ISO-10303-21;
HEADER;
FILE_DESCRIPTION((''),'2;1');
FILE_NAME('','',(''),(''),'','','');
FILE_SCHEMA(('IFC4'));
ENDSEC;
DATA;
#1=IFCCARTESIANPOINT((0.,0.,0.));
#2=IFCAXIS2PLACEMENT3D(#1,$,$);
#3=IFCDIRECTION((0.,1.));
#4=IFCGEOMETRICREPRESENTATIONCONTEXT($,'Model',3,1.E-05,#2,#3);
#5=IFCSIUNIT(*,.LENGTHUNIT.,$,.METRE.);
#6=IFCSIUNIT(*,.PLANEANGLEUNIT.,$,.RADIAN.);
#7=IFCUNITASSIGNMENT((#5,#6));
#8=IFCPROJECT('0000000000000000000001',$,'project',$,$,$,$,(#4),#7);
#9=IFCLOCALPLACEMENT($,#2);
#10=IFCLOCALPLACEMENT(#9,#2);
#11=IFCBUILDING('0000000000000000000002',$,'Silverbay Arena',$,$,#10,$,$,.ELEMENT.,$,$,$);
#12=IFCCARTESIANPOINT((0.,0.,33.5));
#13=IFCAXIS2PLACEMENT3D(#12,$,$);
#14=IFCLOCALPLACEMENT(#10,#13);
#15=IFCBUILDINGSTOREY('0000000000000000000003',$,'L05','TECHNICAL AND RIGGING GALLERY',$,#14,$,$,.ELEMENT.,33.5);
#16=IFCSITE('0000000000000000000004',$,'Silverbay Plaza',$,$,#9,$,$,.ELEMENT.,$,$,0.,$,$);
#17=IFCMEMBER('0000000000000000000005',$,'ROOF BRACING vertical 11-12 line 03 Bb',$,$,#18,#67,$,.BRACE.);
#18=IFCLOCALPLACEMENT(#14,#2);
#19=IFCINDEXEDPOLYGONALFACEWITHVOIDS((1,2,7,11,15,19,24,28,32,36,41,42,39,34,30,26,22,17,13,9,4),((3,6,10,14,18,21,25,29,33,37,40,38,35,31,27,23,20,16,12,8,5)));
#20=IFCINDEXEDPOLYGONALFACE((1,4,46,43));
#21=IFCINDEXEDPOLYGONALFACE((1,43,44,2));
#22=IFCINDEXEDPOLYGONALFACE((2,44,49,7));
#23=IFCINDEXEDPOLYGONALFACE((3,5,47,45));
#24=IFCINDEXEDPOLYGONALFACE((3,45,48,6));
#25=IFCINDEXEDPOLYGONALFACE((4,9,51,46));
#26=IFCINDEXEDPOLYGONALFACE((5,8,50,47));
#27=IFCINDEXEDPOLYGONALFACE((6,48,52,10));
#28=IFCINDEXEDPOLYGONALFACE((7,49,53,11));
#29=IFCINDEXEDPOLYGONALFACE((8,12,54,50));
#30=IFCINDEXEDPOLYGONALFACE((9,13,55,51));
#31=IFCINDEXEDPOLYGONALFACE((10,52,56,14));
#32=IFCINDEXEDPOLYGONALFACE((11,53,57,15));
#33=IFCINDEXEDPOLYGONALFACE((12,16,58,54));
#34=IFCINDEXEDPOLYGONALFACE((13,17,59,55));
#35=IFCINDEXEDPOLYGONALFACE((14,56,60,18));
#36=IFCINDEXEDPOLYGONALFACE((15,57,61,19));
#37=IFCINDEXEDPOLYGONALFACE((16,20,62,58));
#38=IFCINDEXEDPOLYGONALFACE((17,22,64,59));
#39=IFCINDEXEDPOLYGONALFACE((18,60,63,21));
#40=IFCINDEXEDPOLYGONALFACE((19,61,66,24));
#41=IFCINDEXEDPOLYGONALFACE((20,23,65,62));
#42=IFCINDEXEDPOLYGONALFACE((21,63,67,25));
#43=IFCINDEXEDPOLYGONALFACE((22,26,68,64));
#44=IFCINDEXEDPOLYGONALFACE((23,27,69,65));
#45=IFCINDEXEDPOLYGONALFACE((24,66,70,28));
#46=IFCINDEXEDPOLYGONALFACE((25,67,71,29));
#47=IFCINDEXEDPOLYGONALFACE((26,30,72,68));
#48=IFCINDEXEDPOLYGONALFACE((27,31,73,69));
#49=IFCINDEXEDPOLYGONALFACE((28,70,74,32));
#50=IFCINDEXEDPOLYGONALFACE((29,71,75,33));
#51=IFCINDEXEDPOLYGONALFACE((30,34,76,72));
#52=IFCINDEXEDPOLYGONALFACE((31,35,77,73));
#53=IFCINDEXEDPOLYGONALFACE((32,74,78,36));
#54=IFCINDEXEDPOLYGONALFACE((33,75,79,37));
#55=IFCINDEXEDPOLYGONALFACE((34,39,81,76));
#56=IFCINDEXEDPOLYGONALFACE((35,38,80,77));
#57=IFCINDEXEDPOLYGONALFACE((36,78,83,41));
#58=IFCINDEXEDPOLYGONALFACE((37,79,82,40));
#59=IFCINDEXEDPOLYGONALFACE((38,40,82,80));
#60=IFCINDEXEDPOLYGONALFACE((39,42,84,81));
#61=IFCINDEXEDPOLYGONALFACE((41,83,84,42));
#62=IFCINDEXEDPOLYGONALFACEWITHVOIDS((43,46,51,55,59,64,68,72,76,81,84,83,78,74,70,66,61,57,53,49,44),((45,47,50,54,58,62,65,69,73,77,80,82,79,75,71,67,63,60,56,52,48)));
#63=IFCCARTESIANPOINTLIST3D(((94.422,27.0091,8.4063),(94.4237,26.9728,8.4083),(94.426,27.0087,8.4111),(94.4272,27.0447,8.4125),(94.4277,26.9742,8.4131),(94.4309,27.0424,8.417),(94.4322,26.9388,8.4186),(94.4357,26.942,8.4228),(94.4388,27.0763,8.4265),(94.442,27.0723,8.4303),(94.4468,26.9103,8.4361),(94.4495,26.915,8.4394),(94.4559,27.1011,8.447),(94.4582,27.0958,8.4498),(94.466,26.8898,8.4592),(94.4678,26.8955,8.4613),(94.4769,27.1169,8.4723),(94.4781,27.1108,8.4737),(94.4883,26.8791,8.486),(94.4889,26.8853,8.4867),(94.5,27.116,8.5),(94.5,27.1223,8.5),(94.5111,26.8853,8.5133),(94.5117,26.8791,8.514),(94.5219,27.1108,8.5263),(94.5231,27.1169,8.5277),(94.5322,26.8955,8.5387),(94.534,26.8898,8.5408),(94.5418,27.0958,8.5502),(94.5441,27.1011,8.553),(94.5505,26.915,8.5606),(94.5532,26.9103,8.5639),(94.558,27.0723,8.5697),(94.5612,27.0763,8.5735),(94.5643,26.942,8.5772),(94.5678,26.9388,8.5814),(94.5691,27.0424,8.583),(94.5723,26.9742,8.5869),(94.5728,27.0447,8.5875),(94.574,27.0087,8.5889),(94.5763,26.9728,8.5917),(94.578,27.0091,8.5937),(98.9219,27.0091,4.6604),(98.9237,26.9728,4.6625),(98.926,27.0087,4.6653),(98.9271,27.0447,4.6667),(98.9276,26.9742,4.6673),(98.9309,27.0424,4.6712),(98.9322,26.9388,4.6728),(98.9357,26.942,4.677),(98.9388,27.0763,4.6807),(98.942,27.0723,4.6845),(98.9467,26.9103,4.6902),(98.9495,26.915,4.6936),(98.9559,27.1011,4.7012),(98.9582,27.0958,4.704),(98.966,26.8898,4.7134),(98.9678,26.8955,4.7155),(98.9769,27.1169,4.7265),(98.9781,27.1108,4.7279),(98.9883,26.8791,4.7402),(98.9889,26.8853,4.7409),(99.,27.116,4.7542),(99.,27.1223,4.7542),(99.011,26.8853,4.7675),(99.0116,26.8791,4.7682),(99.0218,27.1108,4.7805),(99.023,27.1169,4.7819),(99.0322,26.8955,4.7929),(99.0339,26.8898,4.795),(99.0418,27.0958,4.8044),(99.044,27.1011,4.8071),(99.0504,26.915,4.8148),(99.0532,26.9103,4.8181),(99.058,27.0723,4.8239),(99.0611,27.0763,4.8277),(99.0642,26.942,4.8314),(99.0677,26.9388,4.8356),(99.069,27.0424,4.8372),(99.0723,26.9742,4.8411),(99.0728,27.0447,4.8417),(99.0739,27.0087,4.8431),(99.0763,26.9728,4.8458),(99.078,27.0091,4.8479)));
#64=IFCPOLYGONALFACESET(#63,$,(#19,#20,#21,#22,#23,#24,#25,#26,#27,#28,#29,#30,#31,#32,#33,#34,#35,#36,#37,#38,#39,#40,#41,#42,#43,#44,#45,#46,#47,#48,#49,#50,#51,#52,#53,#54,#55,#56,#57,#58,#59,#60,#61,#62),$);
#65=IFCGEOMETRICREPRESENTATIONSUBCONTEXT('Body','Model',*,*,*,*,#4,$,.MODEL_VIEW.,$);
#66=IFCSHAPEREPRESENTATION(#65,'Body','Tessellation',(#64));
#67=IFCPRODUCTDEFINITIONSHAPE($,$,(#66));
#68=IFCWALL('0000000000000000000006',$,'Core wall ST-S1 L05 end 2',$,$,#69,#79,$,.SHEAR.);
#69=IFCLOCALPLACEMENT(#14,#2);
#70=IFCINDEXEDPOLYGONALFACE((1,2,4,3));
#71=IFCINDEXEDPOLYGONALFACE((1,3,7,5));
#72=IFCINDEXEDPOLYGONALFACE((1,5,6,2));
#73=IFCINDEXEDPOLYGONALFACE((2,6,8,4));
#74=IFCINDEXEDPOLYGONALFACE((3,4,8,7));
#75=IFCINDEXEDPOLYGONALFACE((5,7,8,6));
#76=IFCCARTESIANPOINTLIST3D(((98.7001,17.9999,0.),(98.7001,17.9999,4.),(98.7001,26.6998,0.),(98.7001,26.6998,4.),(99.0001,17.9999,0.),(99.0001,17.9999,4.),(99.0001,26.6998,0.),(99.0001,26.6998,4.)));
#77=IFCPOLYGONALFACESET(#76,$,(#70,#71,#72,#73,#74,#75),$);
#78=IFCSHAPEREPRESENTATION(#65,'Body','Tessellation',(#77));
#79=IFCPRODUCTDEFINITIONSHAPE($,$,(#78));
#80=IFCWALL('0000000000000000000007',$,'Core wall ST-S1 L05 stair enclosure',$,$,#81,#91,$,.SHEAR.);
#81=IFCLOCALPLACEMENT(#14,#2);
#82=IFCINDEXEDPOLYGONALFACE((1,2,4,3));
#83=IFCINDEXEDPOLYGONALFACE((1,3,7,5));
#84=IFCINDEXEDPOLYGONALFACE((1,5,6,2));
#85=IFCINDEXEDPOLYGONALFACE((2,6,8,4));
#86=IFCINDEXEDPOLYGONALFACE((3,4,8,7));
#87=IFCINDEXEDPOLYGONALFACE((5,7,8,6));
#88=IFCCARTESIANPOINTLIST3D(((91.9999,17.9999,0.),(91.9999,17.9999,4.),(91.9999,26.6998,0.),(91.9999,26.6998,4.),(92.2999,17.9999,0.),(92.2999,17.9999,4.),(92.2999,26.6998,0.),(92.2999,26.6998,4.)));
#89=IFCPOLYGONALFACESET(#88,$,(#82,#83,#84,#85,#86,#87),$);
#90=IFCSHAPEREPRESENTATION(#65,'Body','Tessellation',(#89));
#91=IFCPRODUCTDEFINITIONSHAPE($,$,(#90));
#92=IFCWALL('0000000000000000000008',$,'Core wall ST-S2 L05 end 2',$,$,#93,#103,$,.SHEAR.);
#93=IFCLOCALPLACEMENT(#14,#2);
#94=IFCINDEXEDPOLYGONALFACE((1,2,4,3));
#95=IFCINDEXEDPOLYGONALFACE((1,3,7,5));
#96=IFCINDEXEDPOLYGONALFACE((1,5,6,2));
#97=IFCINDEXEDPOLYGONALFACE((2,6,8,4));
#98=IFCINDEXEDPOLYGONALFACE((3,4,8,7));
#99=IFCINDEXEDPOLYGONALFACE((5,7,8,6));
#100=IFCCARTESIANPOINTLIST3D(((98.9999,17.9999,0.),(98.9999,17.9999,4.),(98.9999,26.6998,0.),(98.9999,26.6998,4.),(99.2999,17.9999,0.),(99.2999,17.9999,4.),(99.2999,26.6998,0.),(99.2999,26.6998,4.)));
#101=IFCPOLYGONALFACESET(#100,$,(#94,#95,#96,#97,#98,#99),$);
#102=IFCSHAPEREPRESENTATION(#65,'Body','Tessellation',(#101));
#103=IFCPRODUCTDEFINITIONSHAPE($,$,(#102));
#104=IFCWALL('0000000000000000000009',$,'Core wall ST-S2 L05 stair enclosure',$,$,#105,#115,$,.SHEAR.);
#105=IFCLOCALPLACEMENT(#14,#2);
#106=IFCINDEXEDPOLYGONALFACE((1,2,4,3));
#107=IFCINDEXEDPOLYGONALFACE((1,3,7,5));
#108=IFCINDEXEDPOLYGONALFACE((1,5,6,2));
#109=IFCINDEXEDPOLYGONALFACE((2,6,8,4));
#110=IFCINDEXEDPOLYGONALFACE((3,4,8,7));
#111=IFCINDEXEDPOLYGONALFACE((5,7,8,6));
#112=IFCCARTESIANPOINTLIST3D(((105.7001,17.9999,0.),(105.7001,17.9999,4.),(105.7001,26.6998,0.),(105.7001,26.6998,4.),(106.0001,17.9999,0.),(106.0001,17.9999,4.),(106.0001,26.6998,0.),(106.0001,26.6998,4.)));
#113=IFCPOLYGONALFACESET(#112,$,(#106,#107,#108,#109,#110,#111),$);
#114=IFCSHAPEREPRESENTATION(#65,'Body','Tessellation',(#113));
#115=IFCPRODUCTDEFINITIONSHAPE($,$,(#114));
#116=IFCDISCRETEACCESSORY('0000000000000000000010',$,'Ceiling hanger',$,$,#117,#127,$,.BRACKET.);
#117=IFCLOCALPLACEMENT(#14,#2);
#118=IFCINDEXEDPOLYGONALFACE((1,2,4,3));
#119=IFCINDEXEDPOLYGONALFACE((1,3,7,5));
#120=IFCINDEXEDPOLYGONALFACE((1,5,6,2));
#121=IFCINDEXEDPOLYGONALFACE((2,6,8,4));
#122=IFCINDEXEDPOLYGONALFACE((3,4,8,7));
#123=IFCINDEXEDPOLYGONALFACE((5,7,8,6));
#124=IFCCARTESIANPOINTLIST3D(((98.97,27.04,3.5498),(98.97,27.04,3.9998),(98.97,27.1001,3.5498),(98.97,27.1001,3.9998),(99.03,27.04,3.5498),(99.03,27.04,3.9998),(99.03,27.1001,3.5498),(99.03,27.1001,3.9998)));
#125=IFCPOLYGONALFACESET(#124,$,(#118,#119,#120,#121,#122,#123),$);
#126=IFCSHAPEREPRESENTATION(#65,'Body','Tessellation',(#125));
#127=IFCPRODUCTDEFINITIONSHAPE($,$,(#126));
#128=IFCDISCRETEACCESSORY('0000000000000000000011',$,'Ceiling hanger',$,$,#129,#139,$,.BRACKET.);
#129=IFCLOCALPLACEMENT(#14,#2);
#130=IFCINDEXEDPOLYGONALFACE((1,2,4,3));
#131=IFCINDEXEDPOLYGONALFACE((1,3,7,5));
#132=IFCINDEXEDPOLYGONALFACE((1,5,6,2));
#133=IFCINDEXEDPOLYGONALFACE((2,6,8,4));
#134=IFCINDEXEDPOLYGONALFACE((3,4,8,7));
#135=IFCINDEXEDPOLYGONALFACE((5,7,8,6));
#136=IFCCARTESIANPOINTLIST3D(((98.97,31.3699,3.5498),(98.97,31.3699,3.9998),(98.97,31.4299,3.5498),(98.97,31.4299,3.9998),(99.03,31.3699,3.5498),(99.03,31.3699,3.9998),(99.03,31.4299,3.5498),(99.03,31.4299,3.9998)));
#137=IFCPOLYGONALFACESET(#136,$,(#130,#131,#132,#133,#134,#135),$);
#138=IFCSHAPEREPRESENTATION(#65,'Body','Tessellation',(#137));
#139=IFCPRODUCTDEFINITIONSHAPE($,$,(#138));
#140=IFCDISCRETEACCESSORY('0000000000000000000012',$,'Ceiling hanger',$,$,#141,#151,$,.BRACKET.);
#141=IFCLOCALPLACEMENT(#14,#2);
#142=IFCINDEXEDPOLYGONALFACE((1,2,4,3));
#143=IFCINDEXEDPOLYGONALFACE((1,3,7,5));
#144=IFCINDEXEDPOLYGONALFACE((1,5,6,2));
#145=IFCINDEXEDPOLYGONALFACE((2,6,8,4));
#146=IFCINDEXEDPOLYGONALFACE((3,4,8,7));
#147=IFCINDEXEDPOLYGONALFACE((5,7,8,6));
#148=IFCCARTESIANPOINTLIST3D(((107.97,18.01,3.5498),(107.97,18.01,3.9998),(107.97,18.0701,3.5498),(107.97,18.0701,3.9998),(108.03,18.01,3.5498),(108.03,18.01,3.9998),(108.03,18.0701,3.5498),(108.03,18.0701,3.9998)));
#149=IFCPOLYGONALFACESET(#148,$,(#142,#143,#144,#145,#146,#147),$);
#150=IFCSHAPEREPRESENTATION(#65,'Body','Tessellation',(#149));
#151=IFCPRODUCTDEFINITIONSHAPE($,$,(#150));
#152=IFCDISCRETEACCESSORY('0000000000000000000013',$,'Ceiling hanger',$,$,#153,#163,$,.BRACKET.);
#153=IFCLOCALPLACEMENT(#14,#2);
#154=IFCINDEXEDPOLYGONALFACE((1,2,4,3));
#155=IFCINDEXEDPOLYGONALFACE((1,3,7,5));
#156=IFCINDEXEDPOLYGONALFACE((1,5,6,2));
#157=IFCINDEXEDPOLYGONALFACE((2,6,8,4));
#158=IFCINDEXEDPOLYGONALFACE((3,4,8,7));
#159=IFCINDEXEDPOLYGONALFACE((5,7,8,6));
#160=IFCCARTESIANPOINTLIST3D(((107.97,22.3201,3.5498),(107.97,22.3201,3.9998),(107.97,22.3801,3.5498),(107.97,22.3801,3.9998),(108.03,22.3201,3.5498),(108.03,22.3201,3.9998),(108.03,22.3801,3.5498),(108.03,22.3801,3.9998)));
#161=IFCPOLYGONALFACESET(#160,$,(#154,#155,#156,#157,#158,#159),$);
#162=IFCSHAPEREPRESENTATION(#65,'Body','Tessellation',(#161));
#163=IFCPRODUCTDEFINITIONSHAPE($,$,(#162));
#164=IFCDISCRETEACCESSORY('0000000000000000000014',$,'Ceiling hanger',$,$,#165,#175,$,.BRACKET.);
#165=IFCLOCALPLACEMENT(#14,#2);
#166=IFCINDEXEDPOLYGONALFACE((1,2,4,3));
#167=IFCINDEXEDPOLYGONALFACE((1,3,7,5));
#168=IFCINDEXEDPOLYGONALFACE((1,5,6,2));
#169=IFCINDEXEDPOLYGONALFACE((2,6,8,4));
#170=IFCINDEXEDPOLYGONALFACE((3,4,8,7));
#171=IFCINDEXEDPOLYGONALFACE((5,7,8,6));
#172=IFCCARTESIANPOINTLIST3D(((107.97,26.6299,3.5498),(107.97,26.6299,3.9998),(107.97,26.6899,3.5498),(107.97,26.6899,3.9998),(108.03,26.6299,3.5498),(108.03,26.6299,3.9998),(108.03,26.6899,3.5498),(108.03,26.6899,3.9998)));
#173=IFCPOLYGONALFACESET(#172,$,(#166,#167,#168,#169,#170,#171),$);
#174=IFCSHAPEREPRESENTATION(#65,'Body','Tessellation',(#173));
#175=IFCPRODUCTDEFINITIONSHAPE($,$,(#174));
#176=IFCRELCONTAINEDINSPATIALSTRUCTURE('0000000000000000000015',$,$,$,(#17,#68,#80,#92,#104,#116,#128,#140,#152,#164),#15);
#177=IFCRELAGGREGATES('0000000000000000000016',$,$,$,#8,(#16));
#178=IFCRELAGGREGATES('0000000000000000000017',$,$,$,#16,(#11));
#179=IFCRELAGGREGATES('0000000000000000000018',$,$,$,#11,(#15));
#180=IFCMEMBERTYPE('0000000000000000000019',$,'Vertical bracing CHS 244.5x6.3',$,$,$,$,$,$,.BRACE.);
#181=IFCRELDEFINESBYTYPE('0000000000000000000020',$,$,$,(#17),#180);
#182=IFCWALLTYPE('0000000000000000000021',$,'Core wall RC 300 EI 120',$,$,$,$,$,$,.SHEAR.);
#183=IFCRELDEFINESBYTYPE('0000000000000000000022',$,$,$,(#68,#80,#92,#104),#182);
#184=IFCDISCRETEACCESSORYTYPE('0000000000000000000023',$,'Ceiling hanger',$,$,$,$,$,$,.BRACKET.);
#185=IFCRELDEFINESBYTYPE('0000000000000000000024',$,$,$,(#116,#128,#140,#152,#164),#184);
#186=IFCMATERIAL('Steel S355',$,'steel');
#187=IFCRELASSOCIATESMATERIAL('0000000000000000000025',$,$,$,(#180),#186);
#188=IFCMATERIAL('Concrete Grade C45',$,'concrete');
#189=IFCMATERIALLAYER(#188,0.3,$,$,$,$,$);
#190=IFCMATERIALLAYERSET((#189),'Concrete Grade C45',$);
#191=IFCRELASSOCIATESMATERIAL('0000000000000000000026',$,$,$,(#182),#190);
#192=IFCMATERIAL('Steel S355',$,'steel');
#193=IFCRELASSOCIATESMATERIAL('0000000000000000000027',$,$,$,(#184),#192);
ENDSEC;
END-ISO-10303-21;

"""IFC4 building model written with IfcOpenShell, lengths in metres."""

from ifc_helpers import new_model, si_unit, direction, frame, frame_2d, origin, origin_2d, place, context, subcontext, project, spatial, rectangle, hollow_circle, extrude, material, layer, layer_set, material_profile, profile_set, type_object, element, save


model = new_model("IFC4")

# Units and contexts
model_context = context("Model", 3, precision=1e-05, world=origin(), true_north=direction((0.0, 1.0)))
body_context = subcontext(model_context, "Body", "Model", "MODEL_VIEW")
ifc_project = project(units=[si_unit("LENGTHUNIT", "METRE"), si_unit("PLANEANGLEUNIT", "RADIAN")], contexts=[model_context])

# Site, building, storey
site_placement = place(None, origin())
site = spatial("IfcSite", under=ifc_project, at=site_placement, Name="Silverbay Plaza", CompositionType="ELEMENT", RefElevation=0.0)
building_placement = place(site_placement, origin())
building = spatial("IfcBuilding", under=site, at=building_placement, Name="Silverbay Arena", CompositionType="ELEMENT")
storey_placement = place(building_placement, frame((0.0, 0.0, 33.5)))
storey = spatial("IfcBuildingStorey", under=building, at=storey_placement, Name="L05", Description="TECHNICAL AND RIGGING GALLERY", CompositionType="ELEMENT", Elevation=33.5)

# Member
ifc_material_1 = material(Name="Steel S355", Category="steel")
ifc_material_profile_1 = material_profile(ifc_material_1, hollow_circle(Radius=0.1223, WallThickness=0.0063, at=origin_2d()), Name="CHS 244.5x6.3")
ifc_profile_set_1 = profile_set([ifc_material_profile_1], Name="Steel S355")
member_type_1 = type_object("IfcMemberType", Name="Vertical bracing CHS 244.5x6.3", PredefinedType="BRACE", material=ifc_profile_set_1)
for number, where, z_axis, x_axis, name in (
    (1, (94.5, 27.0, 8.5), (0.76857, 0.0, -0.639766), (0.0, 1.0, 0.0), "ROOF BRACING vertical 11-12 line 03 Bb"),
):
    element("IfcMember", number, at=place(storey_placement, frame(where, z_axis=z_axis, x_axis=x_axis)), inside=storey, type_object=member_type_1, Name=name, PredefinedType="BRACE", context=body_context, shape_type="SweptSolid", body=[
        extrude(hollow_circle(Radius=0.1223, WallThickness=0.0063, at=origin_2d()), origin(), (0.0, 0.0, 1.0), 5.855),
    ])

# Walls
ifc_material_2 = material(Name="Concrete Grade C45", Category="concrete")
ifc_layer = layer(ifc_material_2, 0.3)
ifc_layer_set = layer_set([ifc_layer], Name="Concrete Grade C45")
wall_type = type_object("IfcWallType", Name="Core wall RC 300 EI 120", PredefinedType="SHEAR", material=ifc_layer_set)
for number, where, z_axis, x_axis, name in (
    (2, (98.8501, 26.7, 0.0), (0.0, 0.0, 1.0), (0.0, -1.0, 0.0), "Core wall ST-S1 L05 end 2"),
    (3, (92.1499, 26.7, 0.0), (0.0, 0.0, 1.0), (0.0, -1.0, 0.0), "Core wall ST-S1 L05 stair enclosure"),
    (4, (99.1499, 26.7, 0.0), (0.0, 0.0, 1.0), (0.0, -1.0, 0.0), "Core wall ST-S2 L05 end 2"),
    (5, (105.8501, 26.7, 0.0), (0.0, 0.0, 1.0), (0.0, -1.0, 0.0), "Core wall ST-S2 L05 stair enclosure"),
):
    element("IfcWall", number, at=place(storey_placement, frame(where, z_axis=z_axis, x_axis=x_axis)), inside=storey, type_object=wall_type, Name=name, PredefinedType="SHEAR", context=body_context, shape_type="SweptSolid", body=[
        extrude(rectangle(XDim=8.7, YDim=0.3, at=frame_2d((4.3501, 0.0))), origin(), (0.0, 0.0, 1.0), 4.0),
    ])

# Discrete accessories
ifc_material_3 = material(Name="Steel S355", Category="steel")
discrete_accessory_type = type_object("IfcDiscreteAccessoryType", Name="Ceiling hanger", PredefinedType="BRACKET", material=ifc_material_3)
for number, where, z_axis, x_axis, name in (
    (6, (99.0, 27.0701, 3.5498), (0.0, 0.0, 1.0), (1.0, 0.0, 0.0), "Ceiling hanger"),
    (7, (99.0, 31.3999, 3.5498), (0.0, 0.0, 1.0), (1.0, 0.0, 0.0), "Ceiling hanger"),
    (8, (108.0, 18.04, 3.5498), (0.0, 0.0, 1.0), (1.0, 0.0, 0.0), "Ceiling hanger"),
    (9, (108.0, 22.3501, 3.5498), (0.0, 0.0, 1.0), (1.0, 0.0, 0.0), "Ceiling hanger"),
    (10, (108.0, 26.6599, 3.5498), (0.0, 0.0, 1.0), (1.0, 0.0, 0.0), "Ceiling hanger"),
):
    element("IfcDiscreteAccessory", number, at=place(storey_placement, frame(where, z_axis=z_axis, x_axis=x_axis)), inside=storey, type_object=discrete_accessory_type, Name=name, PredefinedType="BRACKET", context=body_context, shape_type="SweptSolid", body=[
        extrude(rectangle(XDim=0.0601, YDim=0.0601, at=origin_2d()), origin(), (0.0, 0.0, 1.0), 0.45),
    ])

save(model, "model.ifc")
